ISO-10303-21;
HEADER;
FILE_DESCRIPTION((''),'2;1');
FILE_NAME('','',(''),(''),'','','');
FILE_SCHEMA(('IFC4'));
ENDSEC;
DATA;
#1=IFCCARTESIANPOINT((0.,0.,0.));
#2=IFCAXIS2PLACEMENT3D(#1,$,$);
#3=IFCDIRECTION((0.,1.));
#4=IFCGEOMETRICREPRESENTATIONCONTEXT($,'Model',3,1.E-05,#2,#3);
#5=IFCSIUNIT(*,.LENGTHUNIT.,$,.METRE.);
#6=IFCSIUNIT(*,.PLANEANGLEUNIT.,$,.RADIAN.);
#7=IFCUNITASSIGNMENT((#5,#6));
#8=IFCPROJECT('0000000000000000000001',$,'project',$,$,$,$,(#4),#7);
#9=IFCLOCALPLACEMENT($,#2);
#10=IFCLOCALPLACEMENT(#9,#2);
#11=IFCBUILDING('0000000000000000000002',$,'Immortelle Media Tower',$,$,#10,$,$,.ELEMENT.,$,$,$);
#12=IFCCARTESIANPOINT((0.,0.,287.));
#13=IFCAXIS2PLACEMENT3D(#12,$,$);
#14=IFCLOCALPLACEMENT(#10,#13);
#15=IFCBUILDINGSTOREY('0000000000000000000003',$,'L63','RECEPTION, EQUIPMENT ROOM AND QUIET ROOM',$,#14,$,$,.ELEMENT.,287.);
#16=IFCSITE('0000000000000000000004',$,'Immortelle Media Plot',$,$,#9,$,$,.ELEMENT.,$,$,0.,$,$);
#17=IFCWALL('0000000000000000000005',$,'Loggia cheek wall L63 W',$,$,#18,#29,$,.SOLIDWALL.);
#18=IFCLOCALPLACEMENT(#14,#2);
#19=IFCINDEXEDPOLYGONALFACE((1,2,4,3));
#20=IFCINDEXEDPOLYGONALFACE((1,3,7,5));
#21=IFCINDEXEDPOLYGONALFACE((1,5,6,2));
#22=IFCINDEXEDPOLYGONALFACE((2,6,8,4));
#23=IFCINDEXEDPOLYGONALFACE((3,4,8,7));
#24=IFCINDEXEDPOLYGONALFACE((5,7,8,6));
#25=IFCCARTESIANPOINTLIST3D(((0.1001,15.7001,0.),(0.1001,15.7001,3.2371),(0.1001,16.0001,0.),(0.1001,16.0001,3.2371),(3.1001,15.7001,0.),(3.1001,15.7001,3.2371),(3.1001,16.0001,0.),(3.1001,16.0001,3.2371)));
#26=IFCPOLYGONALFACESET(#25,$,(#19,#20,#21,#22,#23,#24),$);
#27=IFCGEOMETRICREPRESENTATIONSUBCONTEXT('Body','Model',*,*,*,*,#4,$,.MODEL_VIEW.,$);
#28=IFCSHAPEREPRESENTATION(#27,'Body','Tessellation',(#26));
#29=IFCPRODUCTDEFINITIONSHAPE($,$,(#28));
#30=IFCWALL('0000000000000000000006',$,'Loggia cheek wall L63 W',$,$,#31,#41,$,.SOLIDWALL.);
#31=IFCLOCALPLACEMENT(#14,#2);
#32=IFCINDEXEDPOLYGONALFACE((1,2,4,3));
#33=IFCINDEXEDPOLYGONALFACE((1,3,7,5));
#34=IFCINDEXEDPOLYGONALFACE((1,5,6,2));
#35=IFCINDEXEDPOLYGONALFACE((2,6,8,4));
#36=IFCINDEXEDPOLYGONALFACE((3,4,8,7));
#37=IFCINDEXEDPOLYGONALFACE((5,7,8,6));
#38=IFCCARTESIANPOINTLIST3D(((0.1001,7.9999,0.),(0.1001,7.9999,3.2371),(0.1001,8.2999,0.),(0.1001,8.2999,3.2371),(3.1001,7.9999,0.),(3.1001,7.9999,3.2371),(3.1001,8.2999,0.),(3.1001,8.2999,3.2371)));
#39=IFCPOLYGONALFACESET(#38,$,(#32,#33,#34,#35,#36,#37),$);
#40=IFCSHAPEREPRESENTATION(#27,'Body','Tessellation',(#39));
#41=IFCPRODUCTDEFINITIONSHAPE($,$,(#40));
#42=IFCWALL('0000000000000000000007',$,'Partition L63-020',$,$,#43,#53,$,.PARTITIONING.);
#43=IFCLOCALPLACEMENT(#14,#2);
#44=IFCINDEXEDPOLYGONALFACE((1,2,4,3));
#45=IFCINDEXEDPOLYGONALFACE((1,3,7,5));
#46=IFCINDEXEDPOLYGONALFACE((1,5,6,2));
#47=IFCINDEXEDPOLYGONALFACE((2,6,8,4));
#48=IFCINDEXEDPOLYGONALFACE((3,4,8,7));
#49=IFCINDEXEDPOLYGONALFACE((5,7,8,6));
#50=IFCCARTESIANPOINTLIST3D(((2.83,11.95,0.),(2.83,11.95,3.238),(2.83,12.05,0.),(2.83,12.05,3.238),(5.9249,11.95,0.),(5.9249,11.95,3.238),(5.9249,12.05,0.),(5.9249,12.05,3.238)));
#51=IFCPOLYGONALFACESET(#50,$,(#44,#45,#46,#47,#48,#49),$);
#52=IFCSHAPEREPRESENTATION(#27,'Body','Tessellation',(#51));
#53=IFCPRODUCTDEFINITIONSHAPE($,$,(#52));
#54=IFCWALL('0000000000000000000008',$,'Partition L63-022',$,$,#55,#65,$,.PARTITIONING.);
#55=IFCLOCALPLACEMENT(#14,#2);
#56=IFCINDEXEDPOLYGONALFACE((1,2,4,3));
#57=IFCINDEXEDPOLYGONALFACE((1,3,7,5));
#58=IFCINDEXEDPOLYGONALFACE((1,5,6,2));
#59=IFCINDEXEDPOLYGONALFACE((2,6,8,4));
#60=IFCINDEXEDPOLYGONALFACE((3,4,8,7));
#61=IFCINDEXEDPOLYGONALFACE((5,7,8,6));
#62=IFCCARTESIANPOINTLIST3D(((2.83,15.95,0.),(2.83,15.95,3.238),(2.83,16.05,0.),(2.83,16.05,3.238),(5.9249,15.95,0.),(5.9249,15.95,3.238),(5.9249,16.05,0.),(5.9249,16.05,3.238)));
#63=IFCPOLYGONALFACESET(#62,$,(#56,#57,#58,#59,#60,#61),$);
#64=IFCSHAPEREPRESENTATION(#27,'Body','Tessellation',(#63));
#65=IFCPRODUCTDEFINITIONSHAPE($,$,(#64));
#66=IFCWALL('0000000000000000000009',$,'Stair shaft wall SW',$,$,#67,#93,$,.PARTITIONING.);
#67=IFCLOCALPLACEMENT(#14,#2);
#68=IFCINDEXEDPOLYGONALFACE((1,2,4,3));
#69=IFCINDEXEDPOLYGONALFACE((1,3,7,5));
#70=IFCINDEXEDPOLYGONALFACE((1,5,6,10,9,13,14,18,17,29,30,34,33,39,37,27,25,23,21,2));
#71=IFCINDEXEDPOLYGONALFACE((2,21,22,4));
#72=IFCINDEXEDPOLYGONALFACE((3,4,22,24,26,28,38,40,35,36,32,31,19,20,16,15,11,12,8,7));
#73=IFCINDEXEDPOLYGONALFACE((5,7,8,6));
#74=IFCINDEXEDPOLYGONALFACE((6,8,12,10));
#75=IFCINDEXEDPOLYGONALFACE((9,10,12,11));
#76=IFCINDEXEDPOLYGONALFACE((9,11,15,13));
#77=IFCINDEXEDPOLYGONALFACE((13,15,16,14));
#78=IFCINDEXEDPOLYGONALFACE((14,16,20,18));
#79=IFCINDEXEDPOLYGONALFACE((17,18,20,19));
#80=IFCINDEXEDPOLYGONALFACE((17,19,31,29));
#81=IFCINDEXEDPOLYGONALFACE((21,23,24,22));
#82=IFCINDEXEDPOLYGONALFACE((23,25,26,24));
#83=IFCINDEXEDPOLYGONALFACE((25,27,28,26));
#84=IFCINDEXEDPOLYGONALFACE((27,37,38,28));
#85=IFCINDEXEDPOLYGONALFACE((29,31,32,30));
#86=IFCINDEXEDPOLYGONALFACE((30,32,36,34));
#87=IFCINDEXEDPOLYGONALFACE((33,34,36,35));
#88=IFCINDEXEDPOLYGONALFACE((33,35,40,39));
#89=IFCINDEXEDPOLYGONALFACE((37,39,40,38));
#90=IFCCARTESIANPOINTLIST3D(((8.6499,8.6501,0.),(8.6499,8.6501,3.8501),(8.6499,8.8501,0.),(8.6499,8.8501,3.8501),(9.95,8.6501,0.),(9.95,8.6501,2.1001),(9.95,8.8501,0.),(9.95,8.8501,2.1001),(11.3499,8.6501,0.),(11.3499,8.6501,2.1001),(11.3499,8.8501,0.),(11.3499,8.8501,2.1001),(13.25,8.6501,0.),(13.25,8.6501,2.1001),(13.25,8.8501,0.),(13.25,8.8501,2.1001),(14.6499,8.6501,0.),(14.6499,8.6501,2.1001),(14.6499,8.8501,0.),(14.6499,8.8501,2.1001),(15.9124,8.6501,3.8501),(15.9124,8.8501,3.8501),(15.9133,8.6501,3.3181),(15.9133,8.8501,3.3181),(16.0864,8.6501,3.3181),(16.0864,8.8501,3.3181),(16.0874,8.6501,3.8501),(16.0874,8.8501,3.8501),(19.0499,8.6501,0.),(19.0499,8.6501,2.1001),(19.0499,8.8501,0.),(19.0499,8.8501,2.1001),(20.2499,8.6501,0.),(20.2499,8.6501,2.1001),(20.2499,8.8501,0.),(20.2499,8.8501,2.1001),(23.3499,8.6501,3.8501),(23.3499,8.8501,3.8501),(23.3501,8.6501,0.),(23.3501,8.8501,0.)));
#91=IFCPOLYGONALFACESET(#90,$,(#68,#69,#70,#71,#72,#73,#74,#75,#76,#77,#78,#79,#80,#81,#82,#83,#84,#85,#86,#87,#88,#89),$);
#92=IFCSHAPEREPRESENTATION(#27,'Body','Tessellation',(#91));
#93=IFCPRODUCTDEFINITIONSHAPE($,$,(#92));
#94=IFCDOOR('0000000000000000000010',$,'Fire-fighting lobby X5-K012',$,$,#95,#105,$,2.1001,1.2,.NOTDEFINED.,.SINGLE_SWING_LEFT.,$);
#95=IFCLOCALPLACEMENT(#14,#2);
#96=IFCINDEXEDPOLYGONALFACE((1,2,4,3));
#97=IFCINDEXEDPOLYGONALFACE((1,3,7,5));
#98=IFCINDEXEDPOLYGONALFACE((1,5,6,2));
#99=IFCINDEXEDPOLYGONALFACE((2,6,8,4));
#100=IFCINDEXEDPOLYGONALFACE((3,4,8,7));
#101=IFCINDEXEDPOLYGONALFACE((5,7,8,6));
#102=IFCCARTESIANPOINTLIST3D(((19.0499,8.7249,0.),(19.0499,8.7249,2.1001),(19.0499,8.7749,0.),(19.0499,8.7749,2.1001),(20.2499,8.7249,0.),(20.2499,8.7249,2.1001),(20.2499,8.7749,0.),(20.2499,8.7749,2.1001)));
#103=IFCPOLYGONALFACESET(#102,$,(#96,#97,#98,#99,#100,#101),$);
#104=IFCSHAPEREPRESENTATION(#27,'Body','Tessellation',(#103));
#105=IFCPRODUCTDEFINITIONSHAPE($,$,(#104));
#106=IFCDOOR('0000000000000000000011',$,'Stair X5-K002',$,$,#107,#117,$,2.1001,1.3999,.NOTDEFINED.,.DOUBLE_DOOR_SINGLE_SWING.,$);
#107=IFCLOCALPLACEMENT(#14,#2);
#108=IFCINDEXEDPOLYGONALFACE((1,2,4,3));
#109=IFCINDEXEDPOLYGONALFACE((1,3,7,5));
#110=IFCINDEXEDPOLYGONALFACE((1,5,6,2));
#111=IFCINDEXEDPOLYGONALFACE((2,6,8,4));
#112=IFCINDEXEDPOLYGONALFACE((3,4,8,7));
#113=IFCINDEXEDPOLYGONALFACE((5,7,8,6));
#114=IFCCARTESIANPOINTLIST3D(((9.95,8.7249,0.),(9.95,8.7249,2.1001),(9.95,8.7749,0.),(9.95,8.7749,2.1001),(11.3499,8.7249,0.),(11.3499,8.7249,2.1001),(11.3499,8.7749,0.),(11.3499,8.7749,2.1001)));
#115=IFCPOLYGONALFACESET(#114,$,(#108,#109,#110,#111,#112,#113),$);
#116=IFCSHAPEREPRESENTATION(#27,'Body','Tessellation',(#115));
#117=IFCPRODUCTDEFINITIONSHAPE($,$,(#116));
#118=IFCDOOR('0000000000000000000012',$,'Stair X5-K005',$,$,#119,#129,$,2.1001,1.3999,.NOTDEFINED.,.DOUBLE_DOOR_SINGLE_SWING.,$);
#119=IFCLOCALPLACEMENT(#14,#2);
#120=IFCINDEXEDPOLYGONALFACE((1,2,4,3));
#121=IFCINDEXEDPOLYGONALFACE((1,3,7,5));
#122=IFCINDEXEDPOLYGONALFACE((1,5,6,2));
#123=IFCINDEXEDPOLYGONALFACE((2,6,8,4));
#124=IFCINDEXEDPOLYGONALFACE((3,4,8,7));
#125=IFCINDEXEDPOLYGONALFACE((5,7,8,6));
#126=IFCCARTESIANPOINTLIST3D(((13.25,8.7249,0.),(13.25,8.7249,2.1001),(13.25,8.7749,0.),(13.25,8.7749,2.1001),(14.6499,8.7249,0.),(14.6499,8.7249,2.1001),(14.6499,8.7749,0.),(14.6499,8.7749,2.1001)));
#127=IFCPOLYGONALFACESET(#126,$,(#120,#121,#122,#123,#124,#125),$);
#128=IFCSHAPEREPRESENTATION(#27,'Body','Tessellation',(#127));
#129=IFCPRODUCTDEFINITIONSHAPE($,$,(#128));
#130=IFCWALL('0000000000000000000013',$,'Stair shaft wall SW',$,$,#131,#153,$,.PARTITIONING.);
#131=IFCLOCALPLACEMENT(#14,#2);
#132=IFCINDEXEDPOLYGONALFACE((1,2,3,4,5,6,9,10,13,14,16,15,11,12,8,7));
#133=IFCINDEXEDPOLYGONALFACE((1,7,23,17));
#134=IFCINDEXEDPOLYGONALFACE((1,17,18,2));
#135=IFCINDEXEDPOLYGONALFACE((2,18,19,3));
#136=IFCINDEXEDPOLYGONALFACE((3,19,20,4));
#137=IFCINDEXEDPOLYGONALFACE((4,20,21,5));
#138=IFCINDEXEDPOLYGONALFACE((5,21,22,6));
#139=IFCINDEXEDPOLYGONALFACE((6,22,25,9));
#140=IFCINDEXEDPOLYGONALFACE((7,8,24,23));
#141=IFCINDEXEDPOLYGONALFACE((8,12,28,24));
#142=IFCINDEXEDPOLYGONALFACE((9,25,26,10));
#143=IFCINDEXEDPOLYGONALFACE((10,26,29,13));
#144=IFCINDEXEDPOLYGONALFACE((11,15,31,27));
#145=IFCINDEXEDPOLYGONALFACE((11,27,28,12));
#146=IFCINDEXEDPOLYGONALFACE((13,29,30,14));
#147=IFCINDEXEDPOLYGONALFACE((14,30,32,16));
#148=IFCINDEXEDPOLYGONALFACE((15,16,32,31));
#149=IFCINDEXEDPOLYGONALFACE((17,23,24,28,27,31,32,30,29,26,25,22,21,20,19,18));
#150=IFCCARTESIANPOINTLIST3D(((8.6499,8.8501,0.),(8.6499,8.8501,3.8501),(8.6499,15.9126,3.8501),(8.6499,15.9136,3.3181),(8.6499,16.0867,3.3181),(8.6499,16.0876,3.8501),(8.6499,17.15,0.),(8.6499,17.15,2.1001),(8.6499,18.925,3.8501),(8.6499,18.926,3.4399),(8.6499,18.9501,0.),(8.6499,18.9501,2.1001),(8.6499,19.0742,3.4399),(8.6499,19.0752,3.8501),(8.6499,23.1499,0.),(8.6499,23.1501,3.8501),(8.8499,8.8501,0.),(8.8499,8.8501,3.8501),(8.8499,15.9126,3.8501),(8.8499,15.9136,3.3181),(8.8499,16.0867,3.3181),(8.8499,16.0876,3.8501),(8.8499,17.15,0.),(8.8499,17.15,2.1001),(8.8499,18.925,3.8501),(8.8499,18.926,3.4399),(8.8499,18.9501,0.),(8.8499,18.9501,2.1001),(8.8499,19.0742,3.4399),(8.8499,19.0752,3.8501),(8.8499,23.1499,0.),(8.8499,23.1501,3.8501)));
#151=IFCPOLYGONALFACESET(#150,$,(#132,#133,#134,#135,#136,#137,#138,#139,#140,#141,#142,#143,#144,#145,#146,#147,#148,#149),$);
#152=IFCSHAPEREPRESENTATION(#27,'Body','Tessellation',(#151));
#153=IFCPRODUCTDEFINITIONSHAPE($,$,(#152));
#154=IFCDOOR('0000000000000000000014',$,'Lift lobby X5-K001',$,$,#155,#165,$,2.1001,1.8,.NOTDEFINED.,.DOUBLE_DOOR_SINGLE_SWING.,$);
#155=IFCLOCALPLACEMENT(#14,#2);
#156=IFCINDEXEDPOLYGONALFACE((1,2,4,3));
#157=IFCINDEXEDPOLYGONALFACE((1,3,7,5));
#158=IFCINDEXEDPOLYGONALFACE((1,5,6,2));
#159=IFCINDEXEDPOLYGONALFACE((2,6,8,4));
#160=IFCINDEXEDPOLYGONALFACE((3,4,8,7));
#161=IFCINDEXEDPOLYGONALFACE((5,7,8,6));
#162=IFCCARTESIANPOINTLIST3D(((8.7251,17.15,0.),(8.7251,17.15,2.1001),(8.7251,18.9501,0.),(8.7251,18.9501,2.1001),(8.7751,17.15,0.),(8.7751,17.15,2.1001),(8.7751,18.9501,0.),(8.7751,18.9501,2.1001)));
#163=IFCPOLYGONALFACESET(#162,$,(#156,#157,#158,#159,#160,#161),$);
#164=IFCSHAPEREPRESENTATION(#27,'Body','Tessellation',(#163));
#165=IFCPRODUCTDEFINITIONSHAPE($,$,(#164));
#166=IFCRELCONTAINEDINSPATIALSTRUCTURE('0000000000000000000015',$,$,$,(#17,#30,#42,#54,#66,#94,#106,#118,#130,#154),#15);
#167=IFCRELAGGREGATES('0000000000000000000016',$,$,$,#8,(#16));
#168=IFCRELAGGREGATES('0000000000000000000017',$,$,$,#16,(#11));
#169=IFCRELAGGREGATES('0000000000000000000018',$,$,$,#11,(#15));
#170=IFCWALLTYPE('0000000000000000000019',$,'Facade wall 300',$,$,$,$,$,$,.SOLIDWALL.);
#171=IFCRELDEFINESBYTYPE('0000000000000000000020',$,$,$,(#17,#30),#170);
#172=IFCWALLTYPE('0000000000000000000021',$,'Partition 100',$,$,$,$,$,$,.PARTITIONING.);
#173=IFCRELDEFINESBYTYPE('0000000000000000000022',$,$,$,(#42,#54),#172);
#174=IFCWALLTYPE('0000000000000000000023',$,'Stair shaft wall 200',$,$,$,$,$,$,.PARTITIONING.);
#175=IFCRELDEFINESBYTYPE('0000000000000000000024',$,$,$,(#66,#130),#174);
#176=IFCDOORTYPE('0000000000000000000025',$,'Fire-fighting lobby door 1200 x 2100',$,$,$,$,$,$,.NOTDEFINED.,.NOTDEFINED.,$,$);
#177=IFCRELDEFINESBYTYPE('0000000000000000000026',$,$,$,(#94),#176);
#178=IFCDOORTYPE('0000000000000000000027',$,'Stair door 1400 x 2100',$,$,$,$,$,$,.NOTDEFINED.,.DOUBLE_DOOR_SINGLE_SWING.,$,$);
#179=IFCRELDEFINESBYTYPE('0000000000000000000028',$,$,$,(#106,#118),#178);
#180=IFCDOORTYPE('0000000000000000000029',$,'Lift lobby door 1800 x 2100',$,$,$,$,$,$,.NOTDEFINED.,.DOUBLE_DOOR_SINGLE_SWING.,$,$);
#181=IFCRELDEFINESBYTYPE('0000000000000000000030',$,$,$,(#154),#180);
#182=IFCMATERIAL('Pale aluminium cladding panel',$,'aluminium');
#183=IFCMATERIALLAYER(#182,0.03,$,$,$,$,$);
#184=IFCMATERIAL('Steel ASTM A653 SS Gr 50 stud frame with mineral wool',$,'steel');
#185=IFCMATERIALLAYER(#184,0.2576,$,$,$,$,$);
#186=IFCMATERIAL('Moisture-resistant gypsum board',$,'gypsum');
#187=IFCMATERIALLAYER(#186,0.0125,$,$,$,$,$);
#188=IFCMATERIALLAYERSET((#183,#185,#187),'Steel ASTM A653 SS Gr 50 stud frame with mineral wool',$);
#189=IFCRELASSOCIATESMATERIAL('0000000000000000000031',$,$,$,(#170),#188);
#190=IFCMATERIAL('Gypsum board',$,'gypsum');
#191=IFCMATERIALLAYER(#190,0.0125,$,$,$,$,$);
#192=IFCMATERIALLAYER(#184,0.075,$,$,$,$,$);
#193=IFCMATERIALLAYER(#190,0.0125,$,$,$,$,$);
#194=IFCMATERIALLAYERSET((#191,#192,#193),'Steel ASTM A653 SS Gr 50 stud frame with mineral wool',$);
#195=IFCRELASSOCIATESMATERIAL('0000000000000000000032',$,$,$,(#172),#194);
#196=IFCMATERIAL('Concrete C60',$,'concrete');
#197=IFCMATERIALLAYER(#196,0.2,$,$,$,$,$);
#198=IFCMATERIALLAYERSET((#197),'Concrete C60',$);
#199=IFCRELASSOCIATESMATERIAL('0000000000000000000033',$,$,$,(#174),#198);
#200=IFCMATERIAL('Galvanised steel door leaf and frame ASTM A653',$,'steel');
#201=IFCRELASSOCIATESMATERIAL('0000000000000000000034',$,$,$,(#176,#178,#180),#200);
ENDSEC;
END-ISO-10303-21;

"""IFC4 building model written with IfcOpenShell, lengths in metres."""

from ifc_helpers import new_model, si_unit, direction, frame, frame_2d, origin, place, context, subcontext, project, spatial, polyline, rectangle, outline, extrude, material, layer, layer_set, type_object, element, fill, save


model = new_model("IFC4")

# Units and contexts
model_context = context("Model", 3, precision=1e-05, world=origin(), true_north=direction((0.0, 1.0)))
body_context = subcontext(model_context, "Body", "Model", "MODEL_VIEW")
ifc_project = project(units=[si_unit("LENGTHUNIT", "METRE"), si_unit("PLANEANGLEUNIT", "RADIAN")], contexts=[model_context])

# Site, building, storey
site_placement = place(None, origin())
site = spatial("IfcSite", under=ifc_project, at=site_placement, Name="Immortelle Media Plot", CompositionType="ELEMENT", RefElevation=0.0)
building_placement = place(site_placement, origin())
building = spatial("IfcBuilding", under=site, at=building_placement, Name="Immortelle Media Tower", CompositionType="ELEMENT")
storey_placement = place(building_placement, frame((0.0, 0.0, 287.0)))
storey = spatial("IfcBuildingStorey", under=building, at=storey_placement, Name="L63", Description="RECEPTION, EQUIPMENT ROOM AND QUIET ROOM", CompositionType="ELEMENT", Elevation=287.0)

# Shared definitions
ifc_material_1 = material(Name="Pale aluminium cladding panel", Category="aluminium")
ifc_layer_1 = layer(ifc_material_1, 0.03)
ifc_material_2 = material(Name="Steel ASTM A653 SS Gr 50 stud frame with mineral wool", Category="steel")
ifc_layer_2 = layer(ifc_material_2, 0.2576)
ifc_material_3 = material(Name="Moisture-resistant gypsum board", Category="gypsum")
ifc_layer_3 = layer(ifc_material_3, 0.0125)
ifc_layer_set_1 = layer_set([ifc_layer_1, ifc_layer_2, ifc_layer_3], Name="Steel ASTM A653 SS Gr 50 stud frame with mineral wool")
wall_type_1 = type_object("IfcWallType", Name="Facade wall 300", PredefinedType="SOLIDWALL", material=ifc_layer_set_1)

# Walls
for number, where, z_axis, x_axis, name in (
    (1, (0.1001, 15.8501, 0.0), (0.0, 0.0, 1.0), (1.0, 0.0, 0.0), "Loggia cheek wall L63 W"),
    (2, (0.1001, 8.1499, 0.0), (0.0, 0.0, 1.0), (1.0, 0.0, 0.0), "Loggia cheek wall L63 W"),
):
    element("IfcWall", number, at=place(storey_placement, frame(where, z_axis=z_axis, x_axis=x_axis)), inside=storey, type_object=wall_type_1, Name=name, PredefinedType="SOLIDWALL", context=body_context, shape_type="SweptSolid", body=[
        extrude(rectangle(XDim=3.0, YDim=0.3, at=frame_2d((1.5, 0.0))), origin(), (0.0, 0.0, 1.0), 3.2371),
    ])
ifc_material_4 = material(Name="Gypsum board", Category="gypsum")
ifc_layer_4 = layer(ifc_material_4, 0.0125)
ifc_layer_5 = layer(ifc_material_2, 0.075)
ifc_layer_6 = layer(ifc_material_4, 0.0125)
ifc_layer_set_2 = layer_set([ifc_layer_4, ifc_layer_5, ifc_layer_6], Name="Steel ASTM A653 SS Gr 50 stud frame with mineral wool")
wall_type_2 = type_object("IfcWallType", Name="Partition 100", PredefinedType="PARTITIONING", material=ifc_layer_set_2)
for number, where, z_axis, x_axis, name in (
    (3, (2.8301, 12.0, 0.0), (0.0, 0.0, 1.0), (1.0, 0.0, 0.0), "Partition L63-020"),
    (4, (2.8301, 16.0, 0.0), (0.0, 0.0, 1.0), (1.0, 0.0, 0.0), "Partition L63-022"),
):
    element("IfcWall", number, at=place(storey_placement, frame(where, z_axis=z_axis, x_axis=x_axis)), inside=storey, type_object=wall_type_2, Name=name, PredefinedType="PARTITIONING", context=body_context, shape_type="SweptSolid", body=[
        extrude(rectangle(XDim=3.095, YDim=0.1001, at=frame_2d((1.5474, 0.0))), origin(), (0.0, 0.0, 1.0), 3.238),
    ])

# Wall, openings, doors
ifc_material_5 = material(Name="Concrete C60", Category="concrete")
ifc_layer_7 = layer(ifc_material_5, 0.2)
ifc_layer_set_3 = layer_set([ifc_layer_7], Name="Concrete C60")
wall_type_3 = type_object("IfcWallType", Name="Stair shaft wall 200", PredefinedType="PARTITIONING", material=ifc_layer_set_3)
wall_1_placement = place(storey_placement, frame((8.6499, 8.75, 0.0), z_axis=(0.0, 0.0, 1.0), x_axis=(1.0, 0.0, 0.0)))
wall_1 = element("IfcWall", 5, at=wall_1_placement, inside=storey, type_object=wall_type_3, Name="Stair shaft wall SW", PredefinedType="PARTITIONING", context=body_context, shape_type="SweptSolid", body=[
    extrude(outline(polyline([(0.0, 0.0), (14.7002, 0.0), (14.7, 3.8501), (7.4375, 3.8501), (7.4365, 3.3181), (7.2634, 3.3181), (7.2625, 3.8501), (0.0, 3.8501), (0.0, 0.0)])), frame((0.0, 0.1001, 0.0), z_axis=(0.0, -1.0, 0.0), x_axis=(1.0, 0.0, 0.0)), (0.0, 0.0, 1.0), 0.2),
])
opening_1_placement = place(wall_1_placement, frame((1.3, 0.0, 0.0)))
opening_1 = element("IfcOpeningElement", 6, at=opening_1_placement, cuts=wall_1, PredefinedType="OPENING", context=body_context, shape_type="SweptSolid", body=[
    extrude(rectangle(XDim=1.3999, YDim=2.1001, at=frame_2d((0.7, 1.05))), frame((0.0, 0.1099, 0.0), z_axis=(0.0, -1.0, 0.0), x_axis=(1.0, 0.0, 0.0)), (0.0, 0.0, 1.0), 0.22),
])
opening_2_placement = place(wall_1_placement, frame((4.6001, 0.0, 0.0)))
opening_2 = element("IfcOpeningElement", 7, at=opening_2_placement, cuts=wall_1, PredefinedType="OPENING", context=body_context, shape_type="SweptSolid", body=[
    extrude(rectangle(XDim=1.3999, YDim=2.1001, at=frame_2d((0.7, 1.05))), frame((0.0, 0.1099, 0.0), z_axis=(0.0, -1.0, 0.0), x_axis=(1.0, 0.0, 0.0)), (0.0, 0.0, 1.0), 0.22),
])
opening_3_placement = place(wall_1_placement, frame((10.3999, 0.0, 0.0)))
opening_3 = element("IfcOpeningElement", 8, at=opening_3_placement, cuts=wall_1, PredefinedType="OPENING", context=body_context, shape_type="SweptSolid", body=[
    extrude(rectangle(XDim=1.2, YDim=2.1001, at=frame_2d((0.6001, 1.05))), frame((0.0, 0.1099, 0.0), z_axis=(0.0, -1.0, 0.0), x_axis=(1.0, 0.0, 0.0)), (0.0, 0.0, 1.0), 0.22),
])
ifc_material_6 = material(Name="Galvanised steel door leaf and frame ASTM A653", Category="steel")
door_type_1 = type_object("IfcDoorType", Name="Fire-fighting lobby door 1200 x 2100", OperationType="NOTDEFINED", PredefinedType="NOTDEFINED", material=ifc_material_6)
door_1_placement = place(opening_3_placement, origin())
door_1 = element("IfcDoor", 9, at=door_1_placement, inside=storey, type_object=door_type_1, Name="Fire-fighting lobby X5-K012", OperationType="SINGLE_SWING_LEFT", OverallHeight=2.1001, OverallWidth=1.2, PredefinedType="NOTDEFINED", context=body_context, shape_type="SweptSolid", body=[
    extrude(rectangle(XDim=1.2, YDim=2.1001, at=frame_2d((0.6001, 1.05))), frame((0.0, 0.0249, 0.0), z_axis=(0.0, -1.0, 0.0), x_axis=(1.0, 0.0, 0.0)), (0.0, 0.0, 1.0), 0.05),
])
fill(opening_3, door_1)
door_type_2 = type_object("IfcDoorType", Name="Stair door 1400 x 2100", OperationType="DOUBLE_DOOR_SINGLE_SWING", PredefinedType="NOTDEFINED", material=ifc_material_6)
door_2_placement = place(opening_1_placement, origin())
door_2 = element("IfcDoor", 10, at=door_2_placement, inside=storey, type_object=door_type_2, Name="Stair X5-K002", OperationType="DOUBLE_DOOR_SINGLE_SWING", OverallHeight=2.1001, OverallWidth=1.3999, PredefinedType="NOTDEFINED", context=body_context, shape_type="SweptSolid", body=[
    extrude(rectangle(XDim=1.3999, YDim=2.1001, at=frame_2d((0.7, 1.05))), frame((0.0, 0.0249, 0.0), z_axis=(0.0, -1.0, 0.0), x_axis=(1.0, 0.0, 0.0)), (0.0, 0.0, 1.0), 0.05),
])
fill(opening_1, door_2)
door_3_placement = place(opening_2_placement, origin())
door_3 = element("IfcDoor", 11, at=door_3_placement, inside=storey, type_object=door_type_2, Name="Stair X5-K005", OperationType="DOUBLE_DOOR_SINGLE_SWING", OverallHeight=2.1001, OverallWidth=1.3999, PredefinedType="NOTDEFINED", context=body_context, shape_type="SweptSolid", body=[
    extrude(rectangle(XDim=1.3999, YDim=2.1001, at=frame_2d((0.7, 1.05))), frame((0.0, 0.0249, 0.0), z_axis=(0.0, -1.0, 0.0), x_axis=(1.0, 0.0, 0.0)), (0.0, 0.0, 1.0), 0.05),
])
fill(opening_2, door_3)

# Wall, opening, door
wall_2_placement = place(storey_placement, frame((8.75, 8.8501, 0.0), z_axis=(0.0, 0.0, 1.0), x_axis=(0.0, 1.0, 0.0)))
wall_2 = element("IfcWall", 12, at=wall_2_placement, inside=storey, type_object=wall_type_3, Name="Stair shaft wall SW", PredefinedType="PARTITIONING", context=body_context, shape_type="SweptSolid", body=[
    extrude(outline(polyline([(0.0, 0.0), (14.2998, 0.0), (14.3, 3.8501), (10.2251, 3.8501), (10.2241, 3.4399), (10.0759, 3.4399), (10.075, 3.8501), (7.2375, 3.8501), (7.2366, 3.3181), (7.0635, 3.3181), (7.0625, 3.8501), (0.0, 3.8501), (0.0, 0.0)])), frame((0.0, 0.1001, 0.0), z_axis=(0.0, -1.0, 0.0), x_axis=(1.0, 0.0, 0.0)), (0.0, 0.0, 1.0), 0.2),
])
opening_4_placement = place(wall_2_placement, frame((8.3, 0.0, 0.0)))
opening_4 = element("IfcOpeningElement", 13, at=opening_4_placement, cuts=wall_2, PredefinedType="OPENING", context=body_context, shape_type="SweptSolid", body=[
    extrude(rectangle(XDim=1.8, YDim=2.1001, at=frame_2d((0.8999, 1.05))), frame((0.0, 0.1099, 0.0), z_axis=(0.0, -1.0, 0.0), x_axis=(1.0, 0.0, 0.0)), (0.0, 0.0, 1.0), 0.22),
])
door_type_3 = type_object("IfcDoorType", Name="Lift lobby door 1800 x 2100", OperationType="DOUBLE_DOOR_SINGLE_SWING", PredefinedType="NOTDEFINED", material=ifc_material_6)
door_4_placement = place(opening_4_placement, origin())
door_4 = element("IfcDoor", 14, at=door_4_placement, inside=storey, type_object=door_type_3, Name="Lift lobby X5-K001", OperationType="DOUBLE_DOOR_SINGLE_SWING", OverallHeight=2.1001, OverallWidth=1.8, PredefinedType="NOTDEFINED", context=body_context, shape_type="SweptSolid", body=[
    extrude(rectangle(XDim=1.8, YDim=2.1001, at=frame_2d((0.8999, 1.05))), frame((0.0, 0.0249, 0.0), z_axis=(0.0, -1.0, 0.0), x_axis=(1.0, 0.0, 0.0)), (0.0, 0.0, 1.0), 0.05),
])
fill(opening_4, door_4)

save(model, "model.ifc")
